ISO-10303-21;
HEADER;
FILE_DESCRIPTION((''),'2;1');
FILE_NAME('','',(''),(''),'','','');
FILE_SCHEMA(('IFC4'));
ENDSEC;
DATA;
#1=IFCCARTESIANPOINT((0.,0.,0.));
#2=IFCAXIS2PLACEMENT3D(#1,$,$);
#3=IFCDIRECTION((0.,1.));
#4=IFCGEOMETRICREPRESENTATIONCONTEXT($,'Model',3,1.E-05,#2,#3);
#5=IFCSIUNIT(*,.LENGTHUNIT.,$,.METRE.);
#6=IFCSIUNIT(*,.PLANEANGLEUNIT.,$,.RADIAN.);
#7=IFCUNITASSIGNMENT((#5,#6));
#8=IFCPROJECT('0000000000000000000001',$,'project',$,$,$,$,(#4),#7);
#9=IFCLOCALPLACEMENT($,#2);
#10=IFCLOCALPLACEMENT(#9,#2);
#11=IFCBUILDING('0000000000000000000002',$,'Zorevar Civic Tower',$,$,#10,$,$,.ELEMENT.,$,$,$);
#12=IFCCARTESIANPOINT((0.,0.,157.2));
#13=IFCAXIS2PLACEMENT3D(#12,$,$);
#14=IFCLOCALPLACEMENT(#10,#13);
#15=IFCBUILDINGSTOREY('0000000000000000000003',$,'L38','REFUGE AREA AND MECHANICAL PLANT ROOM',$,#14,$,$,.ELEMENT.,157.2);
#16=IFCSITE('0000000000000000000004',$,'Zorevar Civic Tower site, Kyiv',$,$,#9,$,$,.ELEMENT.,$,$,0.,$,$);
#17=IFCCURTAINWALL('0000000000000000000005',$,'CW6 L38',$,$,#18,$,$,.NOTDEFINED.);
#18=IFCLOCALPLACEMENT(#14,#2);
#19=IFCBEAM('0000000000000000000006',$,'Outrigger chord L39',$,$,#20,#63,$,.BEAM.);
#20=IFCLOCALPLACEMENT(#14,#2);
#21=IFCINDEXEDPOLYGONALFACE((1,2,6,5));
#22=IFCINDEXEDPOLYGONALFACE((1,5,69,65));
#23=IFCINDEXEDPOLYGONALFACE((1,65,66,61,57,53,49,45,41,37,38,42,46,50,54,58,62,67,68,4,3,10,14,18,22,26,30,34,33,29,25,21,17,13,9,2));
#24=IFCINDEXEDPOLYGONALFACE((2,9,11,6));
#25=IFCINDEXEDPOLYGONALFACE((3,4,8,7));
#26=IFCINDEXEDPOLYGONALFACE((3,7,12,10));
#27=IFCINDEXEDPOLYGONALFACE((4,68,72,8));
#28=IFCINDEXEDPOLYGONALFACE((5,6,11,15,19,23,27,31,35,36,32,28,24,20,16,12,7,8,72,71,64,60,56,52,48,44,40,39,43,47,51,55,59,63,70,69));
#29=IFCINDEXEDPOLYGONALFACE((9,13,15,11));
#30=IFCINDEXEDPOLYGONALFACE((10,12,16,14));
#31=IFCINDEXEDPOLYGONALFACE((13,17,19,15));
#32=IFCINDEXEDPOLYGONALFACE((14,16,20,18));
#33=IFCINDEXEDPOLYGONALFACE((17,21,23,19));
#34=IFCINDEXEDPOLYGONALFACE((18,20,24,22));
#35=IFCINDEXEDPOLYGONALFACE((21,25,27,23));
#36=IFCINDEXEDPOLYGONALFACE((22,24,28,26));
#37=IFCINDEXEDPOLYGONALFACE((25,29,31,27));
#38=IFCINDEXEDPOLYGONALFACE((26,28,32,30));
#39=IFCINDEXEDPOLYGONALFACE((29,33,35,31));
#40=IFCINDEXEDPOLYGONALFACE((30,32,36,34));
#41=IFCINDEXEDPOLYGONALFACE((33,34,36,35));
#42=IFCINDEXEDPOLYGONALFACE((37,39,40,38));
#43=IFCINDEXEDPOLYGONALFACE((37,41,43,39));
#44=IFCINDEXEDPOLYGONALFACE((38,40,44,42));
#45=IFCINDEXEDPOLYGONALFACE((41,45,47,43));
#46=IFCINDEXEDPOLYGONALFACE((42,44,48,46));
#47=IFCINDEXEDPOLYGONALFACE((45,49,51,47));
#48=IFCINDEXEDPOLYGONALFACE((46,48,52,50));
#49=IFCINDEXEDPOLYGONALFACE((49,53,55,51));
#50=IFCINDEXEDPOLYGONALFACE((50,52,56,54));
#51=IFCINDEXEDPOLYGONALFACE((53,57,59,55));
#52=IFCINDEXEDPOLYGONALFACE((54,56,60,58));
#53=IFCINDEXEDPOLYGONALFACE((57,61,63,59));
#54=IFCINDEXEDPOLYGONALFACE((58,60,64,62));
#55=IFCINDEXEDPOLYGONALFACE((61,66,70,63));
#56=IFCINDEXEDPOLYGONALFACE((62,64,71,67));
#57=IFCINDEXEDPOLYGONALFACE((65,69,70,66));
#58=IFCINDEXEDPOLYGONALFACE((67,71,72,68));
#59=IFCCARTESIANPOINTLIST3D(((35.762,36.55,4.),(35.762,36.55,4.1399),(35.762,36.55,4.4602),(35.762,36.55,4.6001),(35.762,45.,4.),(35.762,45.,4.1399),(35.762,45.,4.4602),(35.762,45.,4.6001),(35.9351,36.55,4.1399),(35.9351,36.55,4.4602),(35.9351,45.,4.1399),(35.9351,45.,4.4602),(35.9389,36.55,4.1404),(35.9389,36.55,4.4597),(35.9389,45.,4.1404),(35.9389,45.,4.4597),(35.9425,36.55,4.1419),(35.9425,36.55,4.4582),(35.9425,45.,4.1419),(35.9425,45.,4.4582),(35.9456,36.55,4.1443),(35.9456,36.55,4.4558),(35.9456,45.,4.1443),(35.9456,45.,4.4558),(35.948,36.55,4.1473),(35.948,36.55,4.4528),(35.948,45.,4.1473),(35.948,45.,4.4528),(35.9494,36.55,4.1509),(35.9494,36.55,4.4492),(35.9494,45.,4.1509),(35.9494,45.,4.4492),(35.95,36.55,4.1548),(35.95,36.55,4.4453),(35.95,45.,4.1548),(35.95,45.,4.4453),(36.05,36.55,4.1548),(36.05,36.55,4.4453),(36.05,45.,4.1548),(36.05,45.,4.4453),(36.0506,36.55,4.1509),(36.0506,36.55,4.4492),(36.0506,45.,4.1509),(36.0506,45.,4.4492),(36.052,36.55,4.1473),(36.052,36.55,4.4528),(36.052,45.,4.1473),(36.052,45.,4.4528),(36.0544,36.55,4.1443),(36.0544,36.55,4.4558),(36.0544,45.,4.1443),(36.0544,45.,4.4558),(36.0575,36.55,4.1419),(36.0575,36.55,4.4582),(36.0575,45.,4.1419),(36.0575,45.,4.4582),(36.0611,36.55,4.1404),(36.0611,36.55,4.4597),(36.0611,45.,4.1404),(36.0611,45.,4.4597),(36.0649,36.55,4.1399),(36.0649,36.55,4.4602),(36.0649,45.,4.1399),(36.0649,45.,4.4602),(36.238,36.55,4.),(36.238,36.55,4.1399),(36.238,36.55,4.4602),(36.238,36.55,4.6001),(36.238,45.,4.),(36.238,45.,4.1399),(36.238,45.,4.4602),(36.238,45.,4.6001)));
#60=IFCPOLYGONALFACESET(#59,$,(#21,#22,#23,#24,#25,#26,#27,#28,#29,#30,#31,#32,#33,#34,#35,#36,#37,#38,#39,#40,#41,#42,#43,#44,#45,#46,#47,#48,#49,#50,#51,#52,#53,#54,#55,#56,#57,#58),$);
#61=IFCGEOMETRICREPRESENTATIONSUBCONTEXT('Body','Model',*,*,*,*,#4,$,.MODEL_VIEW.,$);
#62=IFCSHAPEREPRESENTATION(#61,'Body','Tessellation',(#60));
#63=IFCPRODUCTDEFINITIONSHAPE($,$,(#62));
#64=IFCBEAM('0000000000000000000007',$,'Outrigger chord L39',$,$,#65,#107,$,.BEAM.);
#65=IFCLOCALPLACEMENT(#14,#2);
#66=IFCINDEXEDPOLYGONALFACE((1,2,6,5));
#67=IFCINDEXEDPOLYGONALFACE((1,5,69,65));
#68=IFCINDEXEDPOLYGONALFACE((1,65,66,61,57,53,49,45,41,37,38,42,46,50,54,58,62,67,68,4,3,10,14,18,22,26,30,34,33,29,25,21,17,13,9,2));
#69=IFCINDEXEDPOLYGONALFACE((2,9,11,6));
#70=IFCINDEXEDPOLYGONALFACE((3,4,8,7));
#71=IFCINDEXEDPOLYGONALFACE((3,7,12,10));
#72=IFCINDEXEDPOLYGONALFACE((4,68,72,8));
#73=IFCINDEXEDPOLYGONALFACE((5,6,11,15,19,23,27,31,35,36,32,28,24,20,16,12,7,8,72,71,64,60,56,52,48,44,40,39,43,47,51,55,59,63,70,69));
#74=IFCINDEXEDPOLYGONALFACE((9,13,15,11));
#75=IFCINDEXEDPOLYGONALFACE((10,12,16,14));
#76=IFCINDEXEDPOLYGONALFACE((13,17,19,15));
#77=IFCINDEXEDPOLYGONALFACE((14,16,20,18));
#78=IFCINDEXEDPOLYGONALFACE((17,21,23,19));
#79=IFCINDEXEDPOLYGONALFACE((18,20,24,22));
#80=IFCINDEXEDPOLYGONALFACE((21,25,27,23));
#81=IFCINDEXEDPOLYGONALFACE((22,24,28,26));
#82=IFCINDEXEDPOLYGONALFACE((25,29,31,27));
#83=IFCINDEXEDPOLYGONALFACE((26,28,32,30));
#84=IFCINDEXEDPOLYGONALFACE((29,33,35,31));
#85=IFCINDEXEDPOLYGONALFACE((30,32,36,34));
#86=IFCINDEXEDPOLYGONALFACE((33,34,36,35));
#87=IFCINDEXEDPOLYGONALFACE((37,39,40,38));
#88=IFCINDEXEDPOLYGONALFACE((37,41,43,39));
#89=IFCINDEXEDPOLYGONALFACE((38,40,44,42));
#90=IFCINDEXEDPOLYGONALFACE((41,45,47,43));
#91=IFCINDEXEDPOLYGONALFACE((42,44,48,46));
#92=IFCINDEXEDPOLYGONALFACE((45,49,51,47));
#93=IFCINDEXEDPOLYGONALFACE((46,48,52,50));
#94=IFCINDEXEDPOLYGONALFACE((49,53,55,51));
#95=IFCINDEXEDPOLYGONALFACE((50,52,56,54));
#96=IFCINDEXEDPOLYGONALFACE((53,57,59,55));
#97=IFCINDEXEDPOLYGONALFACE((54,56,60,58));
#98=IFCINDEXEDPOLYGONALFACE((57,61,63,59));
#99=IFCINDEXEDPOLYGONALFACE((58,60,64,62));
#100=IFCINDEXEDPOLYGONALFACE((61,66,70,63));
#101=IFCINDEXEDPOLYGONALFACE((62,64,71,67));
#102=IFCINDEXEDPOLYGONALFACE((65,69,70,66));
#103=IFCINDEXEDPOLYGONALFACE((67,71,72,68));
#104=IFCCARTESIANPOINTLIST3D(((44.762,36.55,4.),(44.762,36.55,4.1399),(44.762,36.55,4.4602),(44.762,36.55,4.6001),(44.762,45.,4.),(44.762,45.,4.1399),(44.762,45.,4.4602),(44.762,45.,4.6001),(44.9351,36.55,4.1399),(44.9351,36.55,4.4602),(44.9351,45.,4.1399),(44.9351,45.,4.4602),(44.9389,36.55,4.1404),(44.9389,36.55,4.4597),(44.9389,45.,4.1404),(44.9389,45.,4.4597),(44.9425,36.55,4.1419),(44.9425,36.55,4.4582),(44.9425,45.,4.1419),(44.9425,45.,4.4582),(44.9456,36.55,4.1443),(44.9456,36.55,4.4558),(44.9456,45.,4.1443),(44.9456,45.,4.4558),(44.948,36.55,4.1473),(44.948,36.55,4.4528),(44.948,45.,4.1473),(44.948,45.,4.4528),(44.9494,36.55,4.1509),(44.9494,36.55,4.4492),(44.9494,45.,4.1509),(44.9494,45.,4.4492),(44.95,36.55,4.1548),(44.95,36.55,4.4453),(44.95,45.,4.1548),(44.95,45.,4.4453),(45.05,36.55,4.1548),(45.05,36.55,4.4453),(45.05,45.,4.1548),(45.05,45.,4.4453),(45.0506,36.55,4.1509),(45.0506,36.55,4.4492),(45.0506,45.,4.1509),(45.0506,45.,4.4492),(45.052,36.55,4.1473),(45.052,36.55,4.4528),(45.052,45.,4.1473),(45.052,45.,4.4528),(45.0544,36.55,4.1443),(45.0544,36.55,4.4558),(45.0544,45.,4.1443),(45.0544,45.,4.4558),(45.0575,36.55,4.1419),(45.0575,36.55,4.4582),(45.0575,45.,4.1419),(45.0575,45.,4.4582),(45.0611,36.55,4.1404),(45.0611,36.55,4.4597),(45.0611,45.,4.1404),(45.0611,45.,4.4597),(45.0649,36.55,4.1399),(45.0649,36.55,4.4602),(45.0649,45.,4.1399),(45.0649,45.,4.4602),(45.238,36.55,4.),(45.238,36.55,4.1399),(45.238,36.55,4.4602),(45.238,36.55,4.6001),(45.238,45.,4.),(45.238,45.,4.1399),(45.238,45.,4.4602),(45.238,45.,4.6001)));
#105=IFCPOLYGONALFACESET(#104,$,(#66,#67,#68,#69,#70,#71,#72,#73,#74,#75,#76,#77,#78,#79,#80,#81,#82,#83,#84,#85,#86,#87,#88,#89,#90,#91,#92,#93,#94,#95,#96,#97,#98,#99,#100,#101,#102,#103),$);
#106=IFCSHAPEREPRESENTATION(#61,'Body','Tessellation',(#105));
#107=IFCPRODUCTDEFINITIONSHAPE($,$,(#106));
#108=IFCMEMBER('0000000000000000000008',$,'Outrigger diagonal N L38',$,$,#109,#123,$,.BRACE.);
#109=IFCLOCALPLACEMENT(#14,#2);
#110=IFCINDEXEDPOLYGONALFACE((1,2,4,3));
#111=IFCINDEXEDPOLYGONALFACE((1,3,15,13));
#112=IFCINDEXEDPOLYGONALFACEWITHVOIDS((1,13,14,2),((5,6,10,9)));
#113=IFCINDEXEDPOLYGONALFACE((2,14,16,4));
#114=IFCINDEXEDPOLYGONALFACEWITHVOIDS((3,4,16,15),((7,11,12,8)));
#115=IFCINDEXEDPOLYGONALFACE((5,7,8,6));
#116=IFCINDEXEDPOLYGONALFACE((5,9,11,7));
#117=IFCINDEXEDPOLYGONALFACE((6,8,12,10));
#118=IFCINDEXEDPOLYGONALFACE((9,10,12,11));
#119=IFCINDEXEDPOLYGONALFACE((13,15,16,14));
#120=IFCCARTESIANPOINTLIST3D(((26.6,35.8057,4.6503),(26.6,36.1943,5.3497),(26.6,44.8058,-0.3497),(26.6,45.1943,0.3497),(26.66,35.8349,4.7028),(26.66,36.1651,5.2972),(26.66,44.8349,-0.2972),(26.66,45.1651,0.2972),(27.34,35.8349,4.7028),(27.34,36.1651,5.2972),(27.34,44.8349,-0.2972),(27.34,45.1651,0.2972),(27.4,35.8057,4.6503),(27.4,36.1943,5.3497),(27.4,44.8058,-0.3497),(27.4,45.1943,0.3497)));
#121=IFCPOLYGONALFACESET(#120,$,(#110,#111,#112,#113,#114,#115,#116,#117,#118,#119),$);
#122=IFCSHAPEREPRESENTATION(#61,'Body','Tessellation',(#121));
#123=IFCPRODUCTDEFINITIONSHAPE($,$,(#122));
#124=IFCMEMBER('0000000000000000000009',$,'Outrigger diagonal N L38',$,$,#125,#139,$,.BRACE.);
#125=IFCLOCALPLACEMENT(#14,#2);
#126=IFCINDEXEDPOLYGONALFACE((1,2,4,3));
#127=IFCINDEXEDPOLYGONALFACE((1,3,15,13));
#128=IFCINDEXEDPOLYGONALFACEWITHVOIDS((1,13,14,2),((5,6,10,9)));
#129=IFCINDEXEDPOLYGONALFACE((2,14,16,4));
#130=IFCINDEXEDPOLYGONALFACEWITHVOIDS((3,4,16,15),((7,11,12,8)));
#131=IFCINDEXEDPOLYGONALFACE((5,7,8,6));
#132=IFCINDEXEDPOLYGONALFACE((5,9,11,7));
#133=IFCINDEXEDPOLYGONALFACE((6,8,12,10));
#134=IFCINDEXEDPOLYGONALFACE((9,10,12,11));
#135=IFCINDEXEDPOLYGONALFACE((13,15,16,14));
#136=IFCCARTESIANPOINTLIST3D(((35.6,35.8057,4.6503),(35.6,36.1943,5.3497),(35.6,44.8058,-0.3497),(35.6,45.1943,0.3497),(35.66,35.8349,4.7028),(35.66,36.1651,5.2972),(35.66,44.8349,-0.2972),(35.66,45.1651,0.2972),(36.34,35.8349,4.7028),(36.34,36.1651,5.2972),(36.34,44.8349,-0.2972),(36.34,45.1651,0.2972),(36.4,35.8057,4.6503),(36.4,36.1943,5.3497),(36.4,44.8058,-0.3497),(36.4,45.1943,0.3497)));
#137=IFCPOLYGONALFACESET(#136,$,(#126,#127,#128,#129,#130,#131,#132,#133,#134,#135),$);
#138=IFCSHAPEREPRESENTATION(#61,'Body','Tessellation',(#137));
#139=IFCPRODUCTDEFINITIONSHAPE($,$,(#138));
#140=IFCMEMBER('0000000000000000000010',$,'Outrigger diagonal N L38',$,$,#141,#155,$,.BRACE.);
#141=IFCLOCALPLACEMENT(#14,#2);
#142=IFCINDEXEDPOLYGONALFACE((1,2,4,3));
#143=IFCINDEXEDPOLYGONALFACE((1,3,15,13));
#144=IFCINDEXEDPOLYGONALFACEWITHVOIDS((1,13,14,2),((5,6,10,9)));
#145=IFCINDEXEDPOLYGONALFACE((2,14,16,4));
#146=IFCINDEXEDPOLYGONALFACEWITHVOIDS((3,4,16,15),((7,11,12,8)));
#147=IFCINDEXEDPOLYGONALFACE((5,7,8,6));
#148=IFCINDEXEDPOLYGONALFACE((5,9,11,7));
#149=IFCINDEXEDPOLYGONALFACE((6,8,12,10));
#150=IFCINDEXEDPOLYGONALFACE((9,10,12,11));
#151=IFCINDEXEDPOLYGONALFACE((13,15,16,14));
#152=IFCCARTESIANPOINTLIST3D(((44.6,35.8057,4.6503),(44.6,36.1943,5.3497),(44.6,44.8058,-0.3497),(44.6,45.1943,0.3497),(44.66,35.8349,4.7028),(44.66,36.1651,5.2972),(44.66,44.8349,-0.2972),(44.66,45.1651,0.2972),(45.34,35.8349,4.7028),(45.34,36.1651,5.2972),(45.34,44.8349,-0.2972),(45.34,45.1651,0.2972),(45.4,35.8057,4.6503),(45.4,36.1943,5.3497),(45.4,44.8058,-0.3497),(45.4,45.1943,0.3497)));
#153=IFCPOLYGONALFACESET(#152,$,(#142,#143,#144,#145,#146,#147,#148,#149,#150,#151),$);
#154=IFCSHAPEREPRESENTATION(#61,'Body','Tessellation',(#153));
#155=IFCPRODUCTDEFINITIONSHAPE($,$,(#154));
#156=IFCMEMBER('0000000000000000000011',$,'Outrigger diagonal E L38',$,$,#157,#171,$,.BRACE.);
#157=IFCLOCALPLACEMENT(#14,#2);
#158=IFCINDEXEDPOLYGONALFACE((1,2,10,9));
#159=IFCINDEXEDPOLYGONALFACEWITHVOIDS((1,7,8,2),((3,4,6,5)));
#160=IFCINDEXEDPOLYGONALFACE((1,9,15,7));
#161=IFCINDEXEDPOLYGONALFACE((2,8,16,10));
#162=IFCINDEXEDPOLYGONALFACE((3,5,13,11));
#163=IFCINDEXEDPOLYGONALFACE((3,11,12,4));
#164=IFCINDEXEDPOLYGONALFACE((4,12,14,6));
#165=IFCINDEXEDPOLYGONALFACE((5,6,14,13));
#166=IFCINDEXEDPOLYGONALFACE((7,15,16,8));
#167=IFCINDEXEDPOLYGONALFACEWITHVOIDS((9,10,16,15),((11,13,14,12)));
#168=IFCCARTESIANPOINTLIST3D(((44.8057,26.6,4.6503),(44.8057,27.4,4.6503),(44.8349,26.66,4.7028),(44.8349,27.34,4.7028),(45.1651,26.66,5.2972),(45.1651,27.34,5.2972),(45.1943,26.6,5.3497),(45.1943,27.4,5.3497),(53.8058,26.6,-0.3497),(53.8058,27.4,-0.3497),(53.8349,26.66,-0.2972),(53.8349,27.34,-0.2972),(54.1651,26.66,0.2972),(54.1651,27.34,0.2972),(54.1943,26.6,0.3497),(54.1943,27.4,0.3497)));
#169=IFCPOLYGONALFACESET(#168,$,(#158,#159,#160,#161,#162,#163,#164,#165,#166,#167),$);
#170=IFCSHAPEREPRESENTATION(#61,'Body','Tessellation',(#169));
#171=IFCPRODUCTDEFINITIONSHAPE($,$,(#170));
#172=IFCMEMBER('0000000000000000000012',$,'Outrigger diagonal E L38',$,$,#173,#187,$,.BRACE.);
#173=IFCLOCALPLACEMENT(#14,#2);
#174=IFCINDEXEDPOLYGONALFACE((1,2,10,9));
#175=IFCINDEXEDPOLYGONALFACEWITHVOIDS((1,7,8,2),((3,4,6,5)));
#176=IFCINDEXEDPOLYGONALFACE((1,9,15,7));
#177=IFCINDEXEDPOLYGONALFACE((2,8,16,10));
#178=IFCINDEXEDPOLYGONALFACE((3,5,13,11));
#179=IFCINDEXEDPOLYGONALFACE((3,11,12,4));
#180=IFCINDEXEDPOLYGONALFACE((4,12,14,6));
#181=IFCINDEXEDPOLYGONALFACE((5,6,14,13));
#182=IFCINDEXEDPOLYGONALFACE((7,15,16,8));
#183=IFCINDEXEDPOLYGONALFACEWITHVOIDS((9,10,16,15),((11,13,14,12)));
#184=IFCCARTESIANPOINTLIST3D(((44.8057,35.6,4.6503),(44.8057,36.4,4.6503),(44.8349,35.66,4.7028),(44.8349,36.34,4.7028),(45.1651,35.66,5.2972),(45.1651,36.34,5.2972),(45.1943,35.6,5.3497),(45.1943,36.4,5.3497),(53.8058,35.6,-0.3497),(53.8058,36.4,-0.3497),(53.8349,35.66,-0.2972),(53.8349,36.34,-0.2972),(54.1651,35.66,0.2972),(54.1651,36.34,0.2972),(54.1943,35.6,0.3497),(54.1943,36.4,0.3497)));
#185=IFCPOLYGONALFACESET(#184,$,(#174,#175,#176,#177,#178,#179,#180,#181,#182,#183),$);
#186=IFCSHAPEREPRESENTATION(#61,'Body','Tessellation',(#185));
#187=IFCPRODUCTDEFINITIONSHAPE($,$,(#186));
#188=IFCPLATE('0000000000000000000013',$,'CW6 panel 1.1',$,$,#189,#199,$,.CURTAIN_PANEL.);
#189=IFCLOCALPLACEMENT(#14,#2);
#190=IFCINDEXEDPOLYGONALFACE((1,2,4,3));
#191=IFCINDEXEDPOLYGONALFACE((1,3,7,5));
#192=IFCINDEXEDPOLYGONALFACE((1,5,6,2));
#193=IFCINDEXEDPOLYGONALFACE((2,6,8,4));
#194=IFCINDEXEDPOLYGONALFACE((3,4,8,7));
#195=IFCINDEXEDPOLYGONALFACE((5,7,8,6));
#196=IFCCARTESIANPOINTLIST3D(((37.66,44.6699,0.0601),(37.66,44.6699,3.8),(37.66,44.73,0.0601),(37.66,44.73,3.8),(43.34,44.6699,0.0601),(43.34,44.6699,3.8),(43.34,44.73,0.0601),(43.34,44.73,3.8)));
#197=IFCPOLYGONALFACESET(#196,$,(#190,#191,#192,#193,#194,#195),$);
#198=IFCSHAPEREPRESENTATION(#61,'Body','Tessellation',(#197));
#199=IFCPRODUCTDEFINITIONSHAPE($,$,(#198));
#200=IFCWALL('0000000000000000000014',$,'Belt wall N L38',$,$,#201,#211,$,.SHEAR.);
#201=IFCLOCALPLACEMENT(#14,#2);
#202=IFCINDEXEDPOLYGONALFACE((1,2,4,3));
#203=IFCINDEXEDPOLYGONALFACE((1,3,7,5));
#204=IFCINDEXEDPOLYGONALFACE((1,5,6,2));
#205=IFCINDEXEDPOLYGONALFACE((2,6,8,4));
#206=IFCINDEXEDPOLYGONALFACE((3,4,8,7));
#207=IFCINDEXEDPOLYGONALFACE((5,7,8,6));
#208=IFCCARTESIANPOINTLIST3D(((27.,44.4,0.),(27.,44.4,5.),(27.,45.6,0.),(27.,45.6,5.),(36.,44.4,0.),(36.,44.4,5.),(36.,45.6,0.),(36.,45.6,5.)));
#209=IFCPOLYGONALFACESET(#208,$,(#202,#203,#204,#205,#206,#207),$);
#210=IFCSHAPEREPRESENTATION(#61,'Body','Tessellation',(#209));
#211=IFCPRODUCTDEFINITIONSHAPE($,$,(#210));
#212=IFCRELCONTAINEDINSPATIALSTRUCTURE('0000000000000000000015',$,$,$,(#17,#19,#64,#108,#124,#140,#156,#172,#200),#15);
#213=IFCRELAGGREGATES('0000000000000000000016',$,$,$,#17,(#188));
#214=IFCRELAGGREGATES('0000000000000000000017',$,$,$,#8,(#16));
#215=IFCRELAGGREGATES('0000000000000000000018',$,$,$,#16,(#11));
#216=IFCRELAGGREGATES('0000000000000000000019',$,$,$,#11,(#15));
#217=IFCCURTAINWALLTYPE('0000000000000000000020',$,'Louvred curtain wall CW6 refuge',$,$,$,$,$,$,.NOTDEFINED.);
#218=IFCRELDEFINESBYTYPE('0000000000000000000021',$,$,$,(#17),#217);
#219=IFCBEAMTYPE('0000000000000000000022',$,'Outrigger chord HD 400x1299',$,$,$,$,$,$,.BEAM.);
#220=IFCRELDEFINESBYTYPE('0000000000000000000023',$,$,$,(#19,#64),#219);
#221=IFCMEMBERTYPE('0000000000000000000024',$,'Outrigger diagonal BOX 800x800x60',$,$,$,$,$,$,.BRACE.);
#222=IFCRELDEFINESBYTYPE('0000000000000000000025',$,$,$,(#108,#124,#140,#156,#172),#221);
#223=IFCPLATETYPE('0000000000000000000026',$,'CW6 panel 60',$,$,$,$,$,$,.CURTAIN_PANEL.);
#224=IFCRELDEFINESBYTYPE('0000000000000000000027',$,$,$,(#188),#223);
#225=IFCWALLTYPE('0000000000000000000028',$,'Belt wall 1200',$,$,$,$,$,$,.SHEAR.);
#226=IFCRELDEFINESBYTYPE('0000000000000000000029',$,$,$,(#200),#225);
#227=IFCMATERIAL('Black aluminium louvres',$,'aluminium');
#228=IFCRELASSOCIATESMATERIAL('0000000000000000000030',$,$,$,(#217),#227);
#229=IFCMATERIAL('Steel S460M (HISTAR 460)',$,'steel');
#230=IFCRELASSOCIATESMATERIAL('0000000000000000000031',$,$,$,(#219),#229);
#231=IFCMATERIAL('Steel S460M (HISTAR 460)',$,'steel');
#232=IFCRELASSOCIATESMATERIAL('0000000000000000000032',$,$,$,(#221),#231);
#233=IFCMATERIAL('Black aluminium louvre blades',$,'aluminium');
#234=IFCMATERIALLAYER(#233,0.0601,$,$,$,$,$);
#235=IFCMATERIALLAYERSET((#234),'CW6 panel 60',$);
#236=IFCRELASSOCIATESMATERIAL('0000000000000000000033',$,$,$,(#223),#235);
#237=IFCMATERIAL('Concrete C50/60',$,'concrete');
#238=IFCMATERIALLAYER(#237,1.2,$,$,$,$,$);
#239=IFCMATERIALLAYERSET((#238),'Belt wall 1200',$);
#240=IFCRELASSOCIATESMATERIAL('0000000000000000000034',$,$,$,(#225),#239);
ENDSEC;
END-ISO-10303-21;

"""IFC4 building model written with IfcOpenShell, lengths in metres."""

from ifc_helpers import new_model, si_unit, direction, frame, frame_2d, origin, origin_2d, place, context, subcontext, project, spatial, rectangle, hollow_rectangle, i_section, extrude, material, layer, layer_set, material_profile, profile_set, type_object, element, aggregate, save


model = new_model("IFC4")

# Units and contexts
model_context = context("Model", 3, precision=1e-05, world=origin(), true_north=direction((0.0, 1.0)))
body_context = subcontext(model_context, "Body", "Model", "MODEL_VIEW")
ifc_project = project(units=[si_unit("LENGTHUNIT", "METRE"), si_unit("PLANEANGLEUNIT", "RADIAN")], contexts=[model_context])

# Site, building, storey
site_placement = place(None, origin())
site = spatial("IfcSite", under=ifc_project, at=site_placement, Name="Zorevar Civic Tower site, Kyiv", CompositionType="ELEMENT", RefElevation=0.0)
building_placement = place(site_placement, origin())
building = spatial("IfcBuilding", under=site, at=building_placement, Name="Zorevar Civic Tower", CompositionType="ELEMENT")
storey_placement = place(building_placement, frame((0.0, 0.0, 157.2)))
storey = spatial("IfcBuildingStorey", under=building, at=storey_placement, Name="L38", Description="REFUGE AREA AND MECHANICAL PLANT ROOM", CompositionType="ELEMENT", Elevation=157.2)

# Curtain wall
ifc_material_1 = material(Name="Black aluminium louvres", Category="aluminium")
curtain_wall_type = type_object("IfcCurtainWallType", Name="Louvred curtain wall CW6 refuge", PredefinedType="NOTDEFINED", material=ifc_material_1)
curtain_wall_placement = place(storey_placement, origin())
curtain_wall = element("IfcCurtainWall", 1, at=curtain_wall_placement, inside=storey, type_object=curtain_wall_type, Name="CW6 L38", PredefinedType="NOTDEFINED")

# Beams
ifc_material_2 = material(Name="Steel S460M (HISTAR 460)", Category="steel")
ifc_material_profile_1 = material_profile(ifc_material_2, i_section(OverallWidth=0.4761, OverallDepth=0.6001, WebThickness=0.1001, FlangeThickness=0.1399, FilletRadius=0.0149, at=origin_2d()), Name="HD 400x1299")
ifc_profile_set_1 = profile_set([ifc_material_profile_1], Name="Steel S460M (HISTAR 460)")
beam_type_1 = type_object("IfcBeamType", Name="Outrigger chord HD 400x1299", PredefinedType="BEAM", material=ifc_profile_set_1)
for number, where, z_axis, x_axis, name in (
    (2, (36.0, 36.55, 4.3), (0.0, 1.0, 0.0), (-1.0, 0.0, 0.0), "Outrigger chord L39"),
    (3, (45.0, 36.55, 4.3), (0.0, 1.0, 0.0), (-1.0, 0.0, 0.0), "Outrigger chord L39"),
):
    element("IfcBeam", number, at=place(storey_placement, frame(where, z_axis=z_axis, x_axis=x_axis)), inside=storey, type_object=beam_type_1, Name=name, PredefinedType="BEAM", context=body_context, shape_type="SweptSolid", body=[
        extrude(i_section(OverallWidth=0.4761, OverallDepth=0.6001, WebThickness=0.1001, FlangeThickness=0.1399, FilletRadius=0.0149, at=origin_2d()), origin(), (0.0, 0.0, 1.0), 8.45),
    ])

# Members
ifc_material_3 = material(Name="Steel S460M (HISTAR 460)", Category="steel")
ifc_material_profile_2 = material_profile(ifc_material_3, hollow_rectangle(XDim=0.8, YDim=0.8, WallThickness=0.0601, at=origin_2d()), Name="BOX 800x800x60")
ifc_profile_set_2 = profile_set([ifc_material_profile_2], Name="Steel S460M (HISTAR 460)")
member_type_1 = type_object("IfcMemberType", Name="Outrigger diagonal BOX 800x800x60", PredefinedType="BRACE", material=ifc_profile_set_2)
for number, where, z_axis, x_axis, name in (
    (4, (27.0, 36.0, 5.0), (0.0, 0.874157, -0.485643), (-1.0, 0.0, 0.0), "Outrigger diagonal N L38"),
    (5, (36.0, 36.0, 5.0), (0.0, 0.874157, -0.485643), (-1.0, 0.0, 0.0), "Outrigger diagonal N L38"),
    (6, (45.0, 36.0, 5.0), (0.0, 0.874157, -0.485643), (-1.0, 0.0, 0.0), "Outrigger diagonal N L38"),
    (7, (45.0, 27.0, 5.0), (0.874157, 0.0, -0.485643), (0.0, 1.0, 0.0), "Outrigger diagonal E L38"),
    (8, (45.0, 36.0, 5.0), (0.874157, 0.0, -0.485643), (0.0, 1.0, 0.0), "Outrigger diagonal E L38"),
):
    element("IfcMember", number, at=place(storey_placement, frame(where, z_axis=z_axis, x_axis=x_axis)), inside=storey, type_object=member_type_1, Name=name, PredefinedType="BRACE", context=body_context, shape_type="SweptSolid", body=[
        extrude(hollow_rectangle(XDim=0.8, YDim=0.8, WallThickness=0.0601, at=origin_2d()), origin(), (0.0, 0.0, 1.0), 10.2957),
    ])

# Plate
ifc_material_4 = material(Name="Black aluminium louvre blades", Category="aluminium")
ifc_layer_1 = layer(ifc_material_4, 0.0601)
ifc_layer_set_1 = layer_set([ifc_layer_1], Name="CW6 panel 60")
plate_type = type_object("IfcPlateType", Name="CW6 panel 60", PredefinedType="CURTAIN_PANEL", material=ifc_layer_set_1)
plate_placement = place(storey_placement, frame((40.5, 44.7, 0.0601), z_axis=(0.0, 0.0, 1.0), x_axis=(1.0, 0.0, 0.0)))
plate = element("IfcPlate", 9, at=plate_placement, type_object=plate_type, Name="CW6 panel 1.1", PredefinedType="CURTAIN_PANEL", context=body_context, shape_type="SweptSolid", body=[
    extrude(rectangle(XDim=5.6799, YDim=0.0601, at=origin_2d()), origin(), (0.0, 0.0, 1.0), 3.74),
])
aggregate(curtain_wall, [plate])

# Wall
ifc_material_5 = material(Name="Concrete C50/60", Category="concrete")
ifc_layer_2 = layer(ifc_material_5, 1.2)
ifc_layer_set_2 = layer_set([ifc_layer_2], Name="Belt wall 1200")
wall_type_1 = type_object("IfcWallType", Name="Belt wall 1200", PredefinedType="SHEAR", material=ifc_layer_set_2)
wall_1_placement = place(storey_placement, frame((27.0, 45.0, 0.0), z_axis=(0.0, 0.0, 1.0), x_axis=(1.0, 0.0, 0.0)))
element("IfcWall", 10, at=wall_1_placement, inside=storey, type_object=wall_type_1, Name="Belt wall N L38", PredefinedType="SHEAR", context=body_context, shape_type="SweptSolid", body=[
    extrude(rectangle(XDim=9.0, YDim=1.2, at=frame_2d((4.5, 0.0))), origin(), (0.0, 0.0, 1.0), 5.0),
])

save(model, "model.ifc")
